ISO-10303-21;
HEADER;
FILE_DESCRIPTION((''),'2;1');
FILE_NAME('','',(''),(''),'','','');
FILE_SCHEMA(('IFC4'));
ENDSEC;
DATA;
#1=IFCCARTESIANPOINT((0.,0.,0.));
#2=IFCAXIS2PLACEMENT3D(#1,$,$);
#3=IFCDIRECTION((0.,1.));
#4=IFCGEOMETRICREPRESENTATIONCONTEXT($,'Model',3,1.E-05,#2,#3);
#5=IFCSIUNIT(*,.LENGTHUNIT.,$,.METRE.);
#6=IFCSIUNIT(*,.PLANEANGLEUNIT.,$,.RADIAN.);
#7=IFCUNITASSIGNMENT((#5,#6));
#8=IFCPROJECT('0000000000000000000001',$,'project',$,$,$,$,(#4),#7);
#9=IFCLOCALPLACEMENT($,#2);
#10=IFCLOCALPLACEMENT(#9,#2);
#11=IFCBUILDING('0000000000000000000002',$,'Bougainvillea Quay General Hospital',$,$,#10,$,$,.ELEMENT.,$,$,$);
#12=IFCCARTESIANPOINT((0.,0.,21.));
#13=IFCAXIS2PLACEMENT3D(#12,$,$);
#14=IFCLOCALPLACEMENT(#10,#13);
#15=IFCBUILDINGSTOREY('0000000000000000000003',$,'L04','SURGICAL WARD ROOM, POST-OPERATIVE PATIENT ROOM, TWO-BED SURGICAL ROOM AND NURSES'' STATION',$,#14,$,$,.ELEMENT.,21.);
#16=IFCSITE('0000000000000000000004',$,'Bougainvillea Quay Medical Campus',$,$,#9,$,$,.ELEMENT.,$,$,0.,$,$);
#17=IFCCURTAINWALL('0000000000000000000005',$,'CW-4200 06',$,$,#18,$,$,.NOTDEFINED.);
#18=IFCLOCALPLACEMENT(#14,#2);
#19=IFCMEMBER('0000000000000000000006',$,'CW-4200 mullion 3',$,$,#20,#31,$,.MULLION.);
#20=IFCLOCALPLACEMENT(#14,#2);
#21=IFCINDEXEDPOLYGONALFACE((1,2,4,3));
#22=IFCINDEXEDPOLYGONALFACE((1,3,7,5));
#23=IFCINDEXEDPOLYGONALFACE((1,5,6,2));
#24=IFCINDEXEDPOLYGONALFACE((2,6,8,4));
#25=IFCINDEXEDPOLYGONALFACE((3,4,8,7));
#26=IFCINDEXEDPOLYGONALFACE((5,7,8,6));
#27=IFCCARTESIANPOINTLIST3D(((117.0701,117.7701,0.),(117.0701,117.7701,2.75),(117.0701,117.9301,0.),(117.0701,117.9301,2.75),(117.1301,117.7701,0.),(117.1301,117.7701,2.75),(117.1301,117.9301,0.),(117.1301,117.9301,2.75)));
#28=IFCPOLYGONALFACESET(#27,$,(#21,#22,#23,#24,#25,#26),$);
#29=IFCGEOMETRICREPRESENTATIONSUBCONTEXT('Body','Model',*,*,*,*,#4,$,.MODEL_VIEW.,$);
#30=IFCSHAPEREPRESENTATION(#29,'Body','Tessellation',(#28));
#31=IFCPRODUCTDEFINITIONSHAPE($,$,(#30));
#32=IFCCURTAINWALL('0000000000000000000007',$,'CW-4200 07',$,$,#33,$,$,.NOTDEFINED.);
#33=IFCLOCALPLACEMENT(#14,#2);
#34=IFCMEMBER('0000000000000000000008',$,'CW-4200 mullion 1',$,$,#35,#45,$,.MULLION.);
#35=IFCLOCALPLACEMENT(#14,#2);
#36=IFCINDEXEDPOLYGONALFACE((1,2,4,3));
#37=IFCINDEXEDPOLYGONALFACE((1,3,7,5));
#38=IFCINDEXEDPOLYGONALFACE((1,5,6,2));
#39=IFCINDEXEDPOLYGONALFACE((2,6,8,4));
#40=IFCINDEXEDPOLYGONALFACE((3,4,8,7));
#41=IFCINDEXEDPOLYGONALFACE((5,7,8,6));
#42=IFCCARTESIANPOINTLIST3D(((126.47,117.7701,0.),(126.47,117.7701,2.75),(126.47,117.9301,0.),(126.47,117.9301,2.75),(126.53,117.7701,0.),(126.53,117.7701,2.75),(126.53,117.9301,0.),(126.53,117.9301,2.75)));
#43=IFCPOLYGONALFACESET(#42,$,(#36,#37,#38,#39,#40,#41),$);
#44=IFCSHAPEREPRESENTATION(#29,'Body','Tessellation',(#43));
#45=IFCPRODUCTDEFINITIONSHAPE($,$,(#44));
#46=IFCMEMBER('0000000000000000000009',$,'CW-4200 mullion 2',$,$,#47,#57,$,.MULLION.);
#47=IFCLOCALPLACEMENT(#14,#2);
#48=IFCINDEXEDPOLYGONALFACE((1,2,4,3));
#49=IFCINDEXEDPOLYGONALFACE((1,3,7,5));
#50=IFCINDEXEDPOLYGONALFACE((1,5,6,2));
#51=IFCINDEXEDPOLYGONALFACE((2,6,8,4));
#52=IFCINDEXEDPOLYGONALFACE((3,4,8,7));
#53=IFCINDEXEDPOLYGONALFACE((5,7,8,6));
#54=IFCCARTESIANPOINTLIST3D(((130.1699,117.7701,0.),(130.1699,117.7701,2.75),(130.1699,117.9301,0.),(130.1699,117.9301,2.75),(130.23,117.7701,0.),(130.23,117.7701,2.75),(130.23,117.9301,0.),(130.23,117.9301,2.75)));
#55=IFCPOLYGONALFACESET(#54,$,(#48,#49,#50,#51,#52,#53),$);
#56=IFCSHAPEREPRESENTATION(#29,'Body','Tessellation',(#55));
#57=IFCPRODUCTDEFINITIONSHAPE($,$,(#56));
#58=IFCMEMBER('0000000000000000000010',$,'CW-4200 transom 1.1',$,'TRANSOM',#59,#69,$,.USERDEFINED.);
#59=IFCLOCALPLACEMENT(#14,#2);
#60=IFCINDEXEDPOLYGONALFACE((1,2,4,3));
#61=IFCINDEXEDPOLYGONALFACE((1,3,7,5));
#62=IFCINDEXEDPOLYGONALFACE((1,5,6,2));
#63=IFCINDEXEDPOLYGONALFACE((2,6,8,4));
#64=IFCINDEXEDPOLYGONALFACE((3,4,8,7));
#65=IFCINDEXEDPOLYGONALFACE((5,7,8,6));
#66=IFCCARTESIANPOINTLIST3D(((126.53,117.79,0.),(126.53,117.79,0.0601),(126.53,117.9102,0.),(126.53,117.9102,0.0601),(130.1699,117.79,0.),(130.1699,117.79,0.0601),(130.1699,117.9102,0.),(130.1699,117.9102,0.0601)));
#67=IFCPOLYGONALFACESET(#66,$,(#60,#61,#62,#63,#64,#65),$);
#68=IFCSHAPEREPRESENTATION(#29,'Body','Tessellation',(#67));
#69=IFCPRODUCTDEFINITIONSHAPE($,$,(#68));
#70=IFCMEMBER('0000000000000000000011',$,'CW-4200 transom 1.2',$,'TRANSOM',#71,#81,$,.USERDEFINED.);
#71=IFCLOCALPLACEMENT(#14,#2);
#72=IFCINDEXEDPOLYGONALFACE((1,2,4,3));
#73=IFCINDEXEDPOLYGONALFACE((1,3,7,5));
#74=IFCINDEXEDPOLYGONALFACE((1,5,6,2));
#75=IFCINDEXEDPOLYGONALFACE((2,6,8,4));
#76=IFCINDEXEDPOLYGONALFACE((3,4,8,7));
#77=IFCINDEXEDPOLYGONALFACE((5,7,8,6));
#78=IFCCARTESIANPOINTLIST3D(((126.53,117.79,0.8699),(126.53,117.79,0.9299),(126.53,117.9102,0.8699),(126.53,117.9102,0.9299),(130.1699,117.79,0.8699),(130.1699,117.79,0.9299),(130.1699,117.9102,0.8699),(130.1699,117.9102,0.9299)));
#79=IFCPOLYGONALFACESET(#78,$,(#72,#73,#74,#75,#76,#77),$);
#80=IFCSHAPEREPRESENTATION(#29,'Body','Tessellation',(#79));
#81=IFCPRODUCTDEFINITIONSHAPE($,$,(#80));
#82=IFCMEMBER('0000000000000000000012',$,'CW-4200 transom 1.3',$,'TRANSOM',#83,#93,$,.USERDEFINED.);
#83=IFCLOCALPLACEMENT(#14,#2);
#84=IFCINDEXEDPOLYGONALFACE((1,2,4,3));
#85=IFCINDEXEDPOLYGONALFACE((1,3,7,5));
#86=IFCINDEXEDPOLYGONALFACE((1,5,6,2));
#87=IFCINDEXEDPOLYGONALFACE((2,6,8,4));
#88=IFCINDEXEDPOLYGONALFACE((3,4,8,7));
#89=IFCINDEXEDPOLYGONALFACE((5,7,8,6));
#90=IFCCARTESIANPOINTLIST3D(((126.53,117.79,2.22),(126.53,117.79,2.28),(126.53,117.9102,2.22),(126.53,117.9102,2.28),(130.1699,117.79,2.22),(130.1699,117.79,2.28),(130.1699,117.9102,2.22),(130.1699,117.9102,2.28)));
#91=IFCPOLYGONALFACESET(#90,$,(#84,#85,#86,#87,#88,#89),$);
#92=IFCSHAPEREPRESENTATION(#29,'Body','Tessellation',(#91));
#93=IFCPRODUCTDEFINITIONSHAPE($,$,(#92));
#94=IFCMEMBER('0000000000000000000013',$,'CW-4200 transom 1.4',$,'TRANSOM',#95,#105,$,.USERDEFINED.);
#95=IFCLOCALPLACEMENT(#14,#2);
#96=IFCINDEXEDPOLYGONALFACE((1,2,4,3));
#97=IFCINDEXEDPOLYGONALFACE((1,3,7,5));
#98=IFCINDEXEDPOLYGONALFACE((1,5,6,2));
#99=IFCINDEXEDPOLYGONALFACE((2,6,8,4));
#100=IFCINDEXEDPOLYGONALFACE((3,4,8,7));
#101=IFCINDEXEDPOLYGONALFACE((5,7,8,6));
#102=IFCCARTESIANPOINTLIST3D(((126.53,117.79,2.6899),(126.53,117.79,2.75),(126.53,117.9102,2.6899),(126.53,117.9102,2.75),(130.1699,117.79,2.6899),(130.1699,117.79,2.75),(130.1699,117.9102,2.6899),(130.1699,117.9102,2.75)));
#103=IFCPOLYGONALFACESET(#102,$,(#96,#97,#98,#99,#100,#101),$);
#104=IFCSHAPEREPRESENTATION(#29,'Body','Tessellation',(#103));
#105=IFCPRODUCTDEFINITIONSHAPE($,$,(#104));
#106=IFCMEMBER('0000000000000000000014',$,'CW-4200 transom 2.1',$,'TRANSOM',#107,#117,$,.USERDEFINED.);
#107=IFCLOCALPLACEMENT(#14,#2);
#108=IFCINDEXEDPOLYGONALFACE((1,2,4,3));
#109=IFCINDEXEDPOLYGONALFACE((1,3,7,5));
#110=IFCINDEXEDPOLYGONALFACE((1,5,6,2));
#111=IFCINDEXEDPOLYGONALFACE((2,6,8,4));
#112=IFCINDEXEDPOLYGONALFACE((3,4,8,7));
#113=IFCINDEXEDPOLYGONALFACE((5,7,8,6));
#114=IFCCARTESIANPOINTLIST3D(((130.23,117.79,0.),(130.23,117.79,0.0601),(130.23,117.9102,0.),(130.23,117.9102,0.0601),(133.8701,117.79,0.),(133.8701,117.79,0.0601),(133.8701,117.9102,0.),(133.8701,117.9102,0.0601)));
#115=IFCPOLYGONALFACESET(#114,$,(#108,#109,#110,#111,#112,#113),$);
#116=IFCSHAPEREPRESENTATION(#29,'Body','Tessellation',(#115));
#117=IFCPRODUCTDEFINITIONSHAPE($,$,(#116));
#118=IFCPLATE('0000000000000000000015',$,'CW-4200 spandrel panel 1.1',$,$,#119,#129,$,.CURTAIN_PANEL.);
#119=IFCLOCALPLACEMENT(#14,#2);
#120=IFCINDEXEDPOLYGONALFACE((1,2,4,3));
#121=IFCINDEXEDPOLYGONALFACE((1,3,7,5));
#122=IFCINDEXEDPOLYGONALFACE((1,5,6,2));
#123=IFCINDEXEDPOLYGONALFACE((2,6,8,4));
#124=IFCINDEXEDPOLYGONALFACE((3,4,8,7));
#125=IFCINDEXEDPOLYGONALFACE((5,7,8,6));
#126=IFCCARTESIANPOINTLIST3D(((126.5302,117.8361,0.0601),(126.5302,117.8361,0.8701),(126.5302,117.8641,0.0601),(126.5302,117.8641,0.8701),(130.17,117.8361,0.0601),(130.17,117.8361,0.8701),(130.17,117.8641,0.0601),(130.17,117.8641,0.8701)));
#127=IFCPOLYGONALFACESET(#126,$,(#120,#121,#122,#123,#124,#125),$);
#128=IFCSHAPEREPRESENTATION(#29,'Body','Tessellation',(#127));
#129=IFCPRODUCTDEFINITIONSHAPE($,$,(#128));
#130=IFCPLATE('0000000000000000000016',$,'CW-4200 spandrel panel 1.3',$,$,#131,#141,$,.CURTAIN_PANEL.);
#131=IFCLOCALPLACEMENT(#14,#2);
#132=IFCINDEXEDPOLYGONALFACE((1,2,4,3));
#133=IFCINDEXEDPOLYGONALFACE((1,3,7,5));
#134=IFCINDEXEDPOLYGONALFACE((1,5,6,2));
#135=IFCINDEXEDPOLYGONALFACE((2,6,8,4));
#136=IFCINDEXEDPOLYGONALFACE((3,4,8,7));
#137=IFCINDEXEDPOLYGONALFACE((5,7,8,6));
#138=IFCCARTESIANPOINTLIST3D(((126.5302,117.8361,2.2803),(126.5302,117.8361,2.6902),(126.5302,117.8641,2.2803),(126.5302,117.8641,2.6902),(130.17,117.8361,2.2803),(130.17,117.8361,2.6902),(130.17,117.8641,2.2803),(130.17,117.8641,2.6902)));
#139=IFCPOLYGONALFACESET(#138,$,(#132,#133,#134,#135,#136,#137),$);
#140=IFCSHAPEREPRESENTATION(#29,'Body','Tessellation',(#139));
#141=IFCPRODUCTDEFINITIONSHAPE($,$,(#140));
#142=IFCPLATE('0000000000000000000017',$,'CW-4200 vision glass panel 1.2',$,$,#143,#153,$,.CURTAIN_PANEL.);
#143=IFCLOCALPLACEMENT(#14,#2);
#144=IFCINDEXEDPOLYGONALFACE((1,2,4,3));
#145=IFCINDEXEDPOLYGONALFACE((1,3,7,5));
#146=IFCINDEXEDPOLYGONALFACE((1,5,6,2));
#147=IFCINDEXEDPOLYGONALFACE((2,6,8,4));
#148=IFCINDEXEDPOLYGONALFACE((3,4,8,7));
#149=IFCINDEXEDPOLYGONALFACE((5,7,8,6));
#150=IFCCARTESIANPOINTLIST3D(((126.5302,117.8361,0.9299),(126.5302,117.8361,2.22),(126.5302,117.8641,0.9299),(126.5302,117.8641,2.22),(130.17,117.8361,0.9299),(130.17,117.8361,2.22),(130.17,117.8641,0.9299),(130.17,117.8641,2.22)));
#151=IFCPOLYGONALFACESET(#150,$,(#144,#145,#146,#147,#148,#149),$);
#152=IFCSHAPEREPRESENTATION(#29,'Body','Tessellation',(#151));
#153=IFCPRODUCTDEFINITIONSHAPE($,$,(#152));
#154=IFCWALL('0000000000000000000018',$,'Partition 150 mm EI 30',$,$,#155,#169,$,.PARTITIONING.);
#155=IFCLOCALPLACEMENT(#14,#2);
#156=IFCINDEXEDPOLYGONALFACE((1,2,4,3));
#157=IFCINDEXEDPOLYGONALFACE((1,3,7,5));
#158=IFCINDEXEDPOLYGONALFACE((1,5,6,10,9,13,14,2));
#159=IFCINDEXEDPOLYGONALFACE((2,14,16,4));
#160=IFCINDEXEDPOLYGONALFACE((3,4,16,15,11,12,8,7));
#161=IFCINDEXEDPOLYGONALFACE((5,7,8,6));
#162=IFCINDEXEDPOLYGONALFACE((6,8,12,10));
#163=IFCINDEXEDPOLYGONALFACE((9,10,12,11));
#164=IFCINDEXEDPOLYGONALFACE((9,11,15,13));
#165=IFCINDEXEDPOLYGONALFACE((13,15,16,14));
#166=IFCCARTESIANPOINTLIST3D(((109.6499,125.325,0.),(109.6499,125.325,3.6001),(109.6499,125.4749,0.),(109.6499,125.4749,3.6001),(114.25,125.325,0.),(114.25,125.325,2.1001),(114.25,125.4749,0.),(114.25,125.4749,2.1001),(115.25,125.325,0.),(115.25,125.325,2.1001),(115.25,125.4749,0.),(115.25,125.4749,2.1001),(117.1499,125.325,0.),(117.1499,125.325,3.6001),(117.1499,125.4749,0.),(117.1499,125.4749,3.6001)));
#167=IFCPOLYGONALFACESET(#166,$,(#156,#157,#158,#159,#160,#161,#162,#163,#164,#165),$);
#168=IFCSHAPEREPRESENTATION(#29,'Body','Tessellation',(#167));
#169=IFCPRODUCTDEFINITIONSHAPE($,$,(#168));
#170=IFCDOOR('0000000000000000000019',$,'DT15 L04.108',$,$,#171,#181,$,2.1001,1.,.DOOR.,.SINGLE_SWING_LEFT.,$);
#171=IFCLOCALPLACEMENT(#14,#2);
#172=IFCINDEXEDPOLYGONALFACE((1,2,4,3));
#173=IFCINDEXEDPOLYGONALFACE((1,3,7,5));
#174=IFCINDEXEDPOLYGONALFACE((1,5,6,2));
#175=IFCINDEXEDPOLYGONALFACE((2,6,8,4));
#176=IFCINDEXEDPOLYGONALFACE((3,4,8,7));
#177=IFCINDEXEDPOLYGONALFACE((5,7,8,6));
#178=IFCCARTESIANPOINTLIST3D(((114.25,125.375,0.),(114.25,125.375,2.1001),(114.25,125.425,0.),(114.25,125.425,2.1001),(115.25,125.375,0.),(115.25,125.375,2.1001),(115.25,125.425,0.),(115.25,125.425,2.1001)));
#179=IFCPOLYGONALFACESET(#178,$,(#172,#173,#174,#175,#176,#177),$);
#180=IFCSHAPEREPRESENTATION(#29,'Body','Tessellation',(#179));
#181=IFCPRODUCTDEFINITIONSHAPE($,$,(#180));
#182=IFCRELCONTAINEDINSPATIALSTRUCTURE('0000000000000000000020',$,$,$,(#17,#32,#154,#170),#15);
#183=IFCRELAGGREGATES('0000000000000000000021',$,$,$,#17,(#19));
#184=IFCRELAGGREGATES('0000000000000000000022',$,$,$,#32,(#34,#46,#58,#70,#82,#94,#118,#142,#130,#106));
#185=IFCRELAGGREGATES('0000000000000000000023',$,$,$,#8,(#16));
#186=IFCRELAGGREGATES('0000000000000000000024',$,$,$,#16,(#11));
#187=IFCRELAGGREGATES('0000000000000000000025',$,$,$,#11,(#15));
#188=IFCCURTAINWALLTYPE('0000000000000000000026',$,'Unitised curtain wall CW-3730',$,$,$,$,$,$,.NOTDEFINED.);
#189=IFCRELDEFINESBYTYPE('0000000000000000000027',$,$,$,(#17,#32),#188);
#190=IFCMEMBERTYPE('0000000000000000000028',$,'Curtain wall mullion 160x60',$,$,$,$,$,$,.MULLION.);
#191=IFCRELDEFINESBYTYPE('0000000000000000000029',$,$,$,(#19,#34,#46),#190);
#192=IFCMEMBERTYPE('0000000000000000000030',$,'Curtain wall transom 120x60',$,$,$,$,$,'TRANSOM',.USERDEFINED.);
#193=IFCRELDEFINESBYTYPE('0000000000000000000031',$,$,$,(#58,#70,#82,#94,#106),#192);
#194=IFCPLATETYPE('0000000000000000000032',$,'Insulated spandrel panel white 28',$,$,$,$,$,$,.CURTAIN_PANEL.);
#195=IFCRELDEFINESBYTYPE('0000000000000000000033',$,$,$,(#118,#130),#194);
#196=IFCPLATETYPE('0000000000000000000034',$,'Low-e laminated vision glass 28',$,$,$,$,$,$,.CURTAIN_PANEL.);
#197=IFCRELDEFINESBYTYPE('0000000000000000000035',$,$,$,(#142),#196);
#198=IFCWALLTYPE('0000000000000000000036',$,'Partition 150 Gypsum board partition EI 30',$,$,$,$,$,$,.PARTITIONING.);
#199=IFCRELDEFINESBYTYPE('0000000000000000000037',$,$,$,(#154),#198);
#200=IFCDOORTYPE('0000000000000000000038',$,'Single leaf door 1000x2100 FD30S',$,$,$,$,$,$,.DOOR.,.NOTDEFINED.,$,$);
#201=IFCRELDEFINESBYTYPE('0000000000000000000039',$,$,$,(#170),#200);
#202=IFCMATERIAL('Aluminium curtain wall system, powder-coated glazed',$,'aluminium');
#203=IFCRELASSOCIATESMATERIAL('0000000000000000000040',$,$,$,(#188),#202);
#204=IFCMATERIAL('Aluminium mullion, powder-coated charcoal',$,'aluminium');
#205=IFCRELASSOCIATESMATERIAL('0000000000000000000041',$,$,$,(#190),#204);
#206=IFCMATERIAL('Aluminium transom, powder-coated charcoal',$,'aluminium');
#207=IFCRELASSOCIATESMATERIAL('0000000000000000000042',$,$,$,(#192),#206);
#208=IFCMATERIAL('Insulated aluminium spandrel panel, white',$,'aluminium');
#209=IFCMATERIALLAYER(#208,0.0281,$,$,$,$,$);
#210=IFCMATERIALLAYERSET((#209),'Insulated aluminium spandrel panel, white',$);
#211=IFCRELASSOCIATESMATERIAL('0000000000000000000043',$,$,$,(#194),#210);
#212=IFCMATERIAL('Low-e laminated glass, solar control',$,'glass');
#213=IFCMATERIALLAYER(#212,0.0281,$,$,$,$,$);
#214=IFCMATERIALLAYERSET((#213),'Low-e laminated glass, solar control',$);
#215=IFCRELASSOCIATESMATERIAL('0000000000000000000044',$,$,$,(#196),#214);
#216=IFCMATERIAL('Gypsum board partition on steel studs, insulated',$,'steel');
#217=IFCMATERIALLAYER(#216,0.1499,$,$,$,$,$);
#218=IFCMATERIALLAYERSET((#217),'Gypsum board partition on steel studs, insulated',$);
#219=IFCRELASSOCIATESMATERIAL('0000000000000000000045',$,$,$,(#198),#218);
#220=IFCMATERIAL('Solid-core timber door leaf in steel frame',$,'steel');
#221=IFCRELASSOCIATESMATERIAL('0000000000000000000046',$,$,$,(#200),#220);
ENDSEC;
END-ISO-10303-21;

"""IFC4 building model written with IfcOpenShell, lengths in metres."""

from ifc_helpers import new_model, si_unit, direction, frame, frame_2d, origin, origin_2d, place, context, subcontext, project, spatial, rectangle, extrude, material, layer, layer_set, material_profile, profile_set, type_object, element, fill, aggregate, save


model = new_model("IFC4")

# Units and contexts
model_context = context("Model", 3, precision=1e-05, world=origin(), true_north=direction((0.0, 1.0)))
body_context = subcontext(model_context, "Body", "Model", "MODEL_VIEW")
ifc_project = project(units=[si_unit("LENGTHUNIT", "METRE"), si_unit("PLANEANGLEUNIT", "RADIAN")], contexts=[model_context])

# Site, building, storey
site_placement = place(None, origin())
site = spatial("IfcSite", under=ifc_project, at=site_placement, Name="Bougainvillea Quay Medical Campus", CompositionType="ELEMENT", RefElevation=0.0)
building_placement = place(site_placement, origin())
building = spatial("IfcBuilding", under=site, at=building_placement, Name="Bougainvillea Quay General Hospital", CompositionType="ELEMENT")
storey_placement = place(building_placement, frame((0.0, 0.0, 21.0)))
storey = spatial("IfcBuildingStorey", under=building, at=storey_placement, Name="L04", Description="SURGICAL WARD ROOM, POST-OPERATIVE PATIENT ROOM, TWO-BED SURGICAL ROOM AND NURSES' STATION", CompositionType="ELEMENT", Elevation=21.0)

# Curtain wall, member
ifc_material_1 = material(Name="Aluminium curtain wall system, powder-coated glazed", Category="aluminium")
curtain_wall_type = type_object("IfcCurtainWallType", Name="Unitised curtain wall CW-3730", PredefinedType="NOTDEFINED", material=ifc_material_1)
curtain_wall_1_placement = place(storey_placement, origin())
curtain_wall_1 = element("IfcCurtainWall", 1, at=curtain_wall_1_placement, inside=storey, type_object=curtain_wall_type, Name="CW-4200 06", PredefinedType="NOTDEFINED")
ifc_material_2 = material(Name="Aluminium mullion, powder-coated charcoal", Category="aluminium")
ifc_material_profile_1 = material_profile(ifc_material_2, rectangle(XDim=0.1599, YDim=0.0601, at=origin_2d()))
ifc_profile_set_1 = profile_set([ifc_material_profile_1], Name="Aluminium mullion, powder-coated charcoal")
member_type_1 = type_object("IfcMemberType", Name="Curtain wall mullion 160x60", PredefinedType="MULLION", material=ifc_profile_set_1)
member_1_placement = place(storey_placement, frame((117.1001, 117.8501, 0.0), z_axis=(0.0, 0.0, 1.0), x_axis=(0.0, 1.0, 0.0)))
member_1 = element("IfcMember", 2, at=member_1_placement, type_object=member_type_1, Name="CW-4200 mullion 3", PredefinedType="MULLION", context=body_context, shape_type="SweptSolid", body=[
    extrude(rectangle(XDim=0.1599, YDim=0.0601, at=origin_2d()), origin(), (0.0, 0.0, 1.0), 2.75),
])
aggregate(curtain_wall_1, [member_1])

# Curtain wall, members, plates
curtain_wall_2_placement = place(storey_placement, origin())
curtain_wall_2 = element("IfcCurtainWall", 3, at=curtain_wall_2_placement, inside=storey, type_object=curtain_wall_type, Name="CW-4200 07", PredefinedType="NOTDEFINED")
member_2_placement = place(storey_placement, frame((126.5, 117.8501, 0.0), z_axis=(0.0, 0.0, 1.0), x_axis=(0.0, 1.0, 0.0)))
member_2 = element("IfcMember", 4, at=member_2_placement, type_object=member_type_1, Name="CW-4200 mullion 1", PredefinedType="MULLION", context=body_context, shape_type="SweptSolid", body=[
    extrude(rectangle(XDim=0.1599, YDim=0.0601, at=origin_2d()), origin(), (0.0, 0.0, 1.0), 2.75),
])
member_3_placement = place(storey_placement, frame((130.2, 117.8501, 0.0), z_axis=(0.0, 0.0, 1.0), x_axis=(0.0, 1.0, 0.0)))
member_3 = element("IfcMember", 5, at=member_3_placement, type_object=member_type_1, Name="CW-4200 mullion 2", PredefinedType="MULLION", context=body_context, shape_type="SweptSolid", body=[
    extrude(rectangle(XDim=0.1599, YDim=0.0601, at=origin_2d()), origin(), (0.0, 0.0, 1.0), 2.75),
])
ifc_material_3 = material(Name="Aluminium transom, powder-coated charcoal", Category="aluminium")
ifc_material_profile_2 = material_profile(ifc_material_3, rectangle(XDim=0.1201, YDim=0.0601, at=origin_2d()))
ifc_profile_set_2 = profile_set([ifc_material_profile_2], Name="Aluminium transom, powder-coated charcoal")
member_type_2 = type_object("IfcMemberType", Name="Curtain wall transom 120x60", ElementType="TRANSOM", PredefinedType="USERDEFINED", material=ifc_profile_set_2)
member_4_placement = place(storey_placement, frame((126.53, 117.8501, 0.03), z_axis=(1.0, 0.0, 0.0), x_axis=(0.0, 1.0, 0.0)))
member_4 = element("IfcMember", 6, at=member_4_placement, type_object=member_type_2, Name="CW-4200 transom 1.1", ObjectType="TRANSOM", PredefinedType="USERDEFINED", context=body_context, shape_type="SweptSolid", body=[
    extrude(rectangle(XDim=0.1201, YDim=0.0601, at=origin_2d()), origin(), (0.0, 0.0, 1.0), 3.6399),
])
member_5_placement = place(storey_placement, frame((126.53, 117.8501, 0.8999), z_axis=(1.0, 0.0, 0.0), x_axis=(0.0, 1.0, 0.0)))
member_5 = element("IfcMember", 7, at=member_5_placement, type_object=member_type_2, Name="CW-4200 transom 1.2", ObjectType="TRANSOM", PredefinedType="USERDEFINED", context=body_context, shape_type="SweptSolid", body=[
    extrude(rectangle(XDim=0.1201, YDim=0.0601, at=origin_2d()), origin(), (0.0, 0.0, 1.0), 3.6399),
])
member_6_placement = place(storey_placement, frame((126.53, 117.8501, 2.25), z_axis=(1.0, 0.0, 0.0), x_axis=(0.0, 1.0, 0.0)))
member_6 = element("IfcMember", 8, at=member_6_placement, type_object=member_type_2, Name="CW-4200 transom 1.3", ObjectType="TRANSOM", PredefinedType="USERDEFINED", context=body_context, shape_type="SweptSolid", body=[
    extrude(rectangle(XDim=0.1201, YDim=0.0601, at=origin_2d()), origin(), (0.0, 0.0, 1.0), 3.6399),
])
member_7_placement = place(storey_placement, frame((126.53, 117.8501, 2.72), z_axis=(1.0, 0.0, 0.0), x_axis=(0.0, 1.0, 0.0)))
member_7 = element("IfcMember", 9, at=member_7_placement, type_object=member_type_2, Name="CW-4200 transom 1.4", ObjectType="TRANSOM", PredefinedType="USERDEFINED", context=body_context, shape_type="SweptSolid", body=[
    extrude(rectangle(XDim=0.1201, YDim=0.0601, at=origin_2d()), origin(), (0.0, 0.0, 1.0), 3.6399),
])
member_8_placement = place(storey_placement, frame((130.23, 117.8501, 0.03), z_axis=(1.0, 0.0, 0.0), x_axis=(0.0, 1.0, 0.0)))
member_8 = element("IfcMember", 10, at=member_8_placement, type_object=member_type_2, Name="CW-4200 transom 2.1", ObjectType="TRANSOM", PredefinedType="USERDEFINED", context=body_context, shape_type="SweptSolid", body=[
    extrude(rectangle(XDim=0.1201, YDim=0.0601, at=origin_2d()), origin(), (0.0, 0.0, 1.0), 3.6401),
])
ifc_material_4 = material(Name="Insulated aluminium spandrel panel, white", Category="aluminium")
ifc_layer_1 = layer(ifc_material_4, 0.0281)
ifc_layer_set_1 = layer_set([ifc_layer_1], Name="Insulated aluminium spandrel panel, white")
plate_type_1 = type_object("IfcPlateType", Name="Insulated spandrel panel white 28", PredefinedType="CURTAIN_PANEL", material=ifc_layer_set_1)
plate_1_placement = place(storey_placement, frame((128.3501, 117.8501, 0.0601), z_axis=(0.0, 0.0, 1.0), x_axis=(1.0, 0.0, 0.0)))
plate_1 = element("IfcPlate", 11, at=plate_1_placement, type_object=plate_type_1, Name="CW-4200 spandrel panel 1.1", PredefinedType="CURTAIN_PANEL", context=body_context, shape_type="SweptSolid", body=[
    extrude(rectangle(XDim=3.6399, YDim=0.0281, at=origin_2d()), origin(), (0.0, 0.0, 1.0), 0.8101),
])
plate_2_placement = place(storey_placement, frame((128.3501, 117.8501, 2.2803), z_axis=(0.0, 0.0, 1.0), x_axis=(1.0, 0.0, 0.0)))
plate_2 = element("IfcPlate", 12, at=plate_2_placement, type_object=plate_type_1, Name="CW-4200 spandrel panel 1.3", PredefinedType="CURTAIN_PANEL", context=body_context, shape_type="SweptSolid", body=[
    extrude(rectangle(XDim=3.6399, YDim=0.0281, at=origin_2d()), origin(), (0.0, 0.0, 1.0), 0.4099),
])
ifc_material_5 = material(Name="Low-e laminated glass, solar control", Category="glass")
ifc_layer_2 = layer(ifc_material_5, 0.0281)
ifc_layer_set_2 = layer_set([ifc_layer_2], Name="Low-e laminated glass, solar control")
plate_type_2 = type_object("IfcPlateType", Name="Low-e laminated vision glass 28", PredefinedType="CURTAIN_PANEL", material=ifc_layer_set_2)
plate_3_placement = place(storey_placement, frame((128.3501, 117.8501, 0.9299), z_axis=(0.0, 0.0, 1.0), x_axis=(1.0, 0.0, 0.0)))
plate_3 = element("IfcPlate", 13, at=plate_3_placement, type_object=plate_type_2, Name="CW-4200 vision glass panel 1.2", PredefinedType="CURTAIN_PANEL", context=body_context, shape_type="SweptSolid", body=[
    extrude(rectangle(XDim=3.6399, YDim=0.0281, at=origin_2d()), origin(), (0.0, 0.0, 1.0), 1.29),
])
aggregate(curtain_wall_2, [member_2, member_3, member_4, member_5, member_6, member_7, plate_1, plate_3, plate_2, member_8])

# Wall, opening, door
ifc_material_6 = material(Name="Gypsum board partition on steel studs, insulated", Category="steel")
ifc_layer_3 = layer(ifc_material_6, 0.1499)
ifc_layer_set_3 = layer_set([ifc_layer_3], Name="Gypsum board partition on steel studs, insulated")
wall_type_1 = type_object("IfcWallType", Name="Partition 150 Gypsum board partition EI 30", PredefinedType="PARTITIONING", material=ifc_layer_set_3)
wall_1_placement = place(storey_placement, frame((117.1499, 125.3999, 0.0), z_axis=(0.0, 0.0, 1.0), x_axis=(-1.0, 0.0, 0.0)))
wall_1 = element("IfcWall", 14, at=wall_1_placement, inside=storey, type_object=wall_type_1, Name="Partition 150 mm EI 30", PredefinedType="PARTITIONING", context=body_context, shape_type="SweptSolid", body=[
    extrude(rectangle(XDim=7.5, YDim=0.1499, at=frame_2d((3.75, 0.0))), origin(), (0.0, 0.0, 1.0), 3.6001),
])
opening_1_placement = place(wall_1_placement, frame((1.8999, 0.0, 0.0)))
opening_1 = element("IfcOpeningElement", 15, at=opening_1_placement, cuts=wall_1, PredefinedType="OPENING", context=body_context, shape_type="SweptSolid", body=[
    extrude(rectangle(XDim=1.0, YDim=2.1001, at=frame_2d((0.5, 1.05))), frame((0.0, 0.085, 0.0), z_axis=(0.0, -1.0, 0.0), x_axis=(1.0, 0.0, 0.0)), (0.0, 0.0, 1.0), 0.1699),
])
ifc_material_7 = material(Name="Solid-core timber door leaf in steel frame", Category="steel")
door_type_1 = type_object("IfcDoorType", Name="Single leaf door 1000x2100 FD30S", OperationType="NOTDEFINED", PredefinedType="DOOR", material=ifc_material_7)
door_1_placement = place(opening_1_placement, origin())
door_1 = element("IfcDoor", 16, at=door_1_placement, inside=storey, type_object=door_type_1, Name="DT15 L04.108", OperationType="SINGLE_SWING_LEFT", OverallHeight=2.1001, OverallWidth=1.0, PredefinedType="DOOR", context=body_context, shape_type="SweptSolid", body=[
    extrude(rectangle(XDim=1.0, YDim=2.1001, at=frame_2d((0.5, 1.05))), frame((0.0, 0.0249, 0.0), z_axis=(0.0, -1.0, 0.0), x_axis=(1.0, 0.0, 0.0)), (0.0, 0.0, 1.0), 0.05),
])
fill(opening_1, door_1)

save(model, "model.ifc")
